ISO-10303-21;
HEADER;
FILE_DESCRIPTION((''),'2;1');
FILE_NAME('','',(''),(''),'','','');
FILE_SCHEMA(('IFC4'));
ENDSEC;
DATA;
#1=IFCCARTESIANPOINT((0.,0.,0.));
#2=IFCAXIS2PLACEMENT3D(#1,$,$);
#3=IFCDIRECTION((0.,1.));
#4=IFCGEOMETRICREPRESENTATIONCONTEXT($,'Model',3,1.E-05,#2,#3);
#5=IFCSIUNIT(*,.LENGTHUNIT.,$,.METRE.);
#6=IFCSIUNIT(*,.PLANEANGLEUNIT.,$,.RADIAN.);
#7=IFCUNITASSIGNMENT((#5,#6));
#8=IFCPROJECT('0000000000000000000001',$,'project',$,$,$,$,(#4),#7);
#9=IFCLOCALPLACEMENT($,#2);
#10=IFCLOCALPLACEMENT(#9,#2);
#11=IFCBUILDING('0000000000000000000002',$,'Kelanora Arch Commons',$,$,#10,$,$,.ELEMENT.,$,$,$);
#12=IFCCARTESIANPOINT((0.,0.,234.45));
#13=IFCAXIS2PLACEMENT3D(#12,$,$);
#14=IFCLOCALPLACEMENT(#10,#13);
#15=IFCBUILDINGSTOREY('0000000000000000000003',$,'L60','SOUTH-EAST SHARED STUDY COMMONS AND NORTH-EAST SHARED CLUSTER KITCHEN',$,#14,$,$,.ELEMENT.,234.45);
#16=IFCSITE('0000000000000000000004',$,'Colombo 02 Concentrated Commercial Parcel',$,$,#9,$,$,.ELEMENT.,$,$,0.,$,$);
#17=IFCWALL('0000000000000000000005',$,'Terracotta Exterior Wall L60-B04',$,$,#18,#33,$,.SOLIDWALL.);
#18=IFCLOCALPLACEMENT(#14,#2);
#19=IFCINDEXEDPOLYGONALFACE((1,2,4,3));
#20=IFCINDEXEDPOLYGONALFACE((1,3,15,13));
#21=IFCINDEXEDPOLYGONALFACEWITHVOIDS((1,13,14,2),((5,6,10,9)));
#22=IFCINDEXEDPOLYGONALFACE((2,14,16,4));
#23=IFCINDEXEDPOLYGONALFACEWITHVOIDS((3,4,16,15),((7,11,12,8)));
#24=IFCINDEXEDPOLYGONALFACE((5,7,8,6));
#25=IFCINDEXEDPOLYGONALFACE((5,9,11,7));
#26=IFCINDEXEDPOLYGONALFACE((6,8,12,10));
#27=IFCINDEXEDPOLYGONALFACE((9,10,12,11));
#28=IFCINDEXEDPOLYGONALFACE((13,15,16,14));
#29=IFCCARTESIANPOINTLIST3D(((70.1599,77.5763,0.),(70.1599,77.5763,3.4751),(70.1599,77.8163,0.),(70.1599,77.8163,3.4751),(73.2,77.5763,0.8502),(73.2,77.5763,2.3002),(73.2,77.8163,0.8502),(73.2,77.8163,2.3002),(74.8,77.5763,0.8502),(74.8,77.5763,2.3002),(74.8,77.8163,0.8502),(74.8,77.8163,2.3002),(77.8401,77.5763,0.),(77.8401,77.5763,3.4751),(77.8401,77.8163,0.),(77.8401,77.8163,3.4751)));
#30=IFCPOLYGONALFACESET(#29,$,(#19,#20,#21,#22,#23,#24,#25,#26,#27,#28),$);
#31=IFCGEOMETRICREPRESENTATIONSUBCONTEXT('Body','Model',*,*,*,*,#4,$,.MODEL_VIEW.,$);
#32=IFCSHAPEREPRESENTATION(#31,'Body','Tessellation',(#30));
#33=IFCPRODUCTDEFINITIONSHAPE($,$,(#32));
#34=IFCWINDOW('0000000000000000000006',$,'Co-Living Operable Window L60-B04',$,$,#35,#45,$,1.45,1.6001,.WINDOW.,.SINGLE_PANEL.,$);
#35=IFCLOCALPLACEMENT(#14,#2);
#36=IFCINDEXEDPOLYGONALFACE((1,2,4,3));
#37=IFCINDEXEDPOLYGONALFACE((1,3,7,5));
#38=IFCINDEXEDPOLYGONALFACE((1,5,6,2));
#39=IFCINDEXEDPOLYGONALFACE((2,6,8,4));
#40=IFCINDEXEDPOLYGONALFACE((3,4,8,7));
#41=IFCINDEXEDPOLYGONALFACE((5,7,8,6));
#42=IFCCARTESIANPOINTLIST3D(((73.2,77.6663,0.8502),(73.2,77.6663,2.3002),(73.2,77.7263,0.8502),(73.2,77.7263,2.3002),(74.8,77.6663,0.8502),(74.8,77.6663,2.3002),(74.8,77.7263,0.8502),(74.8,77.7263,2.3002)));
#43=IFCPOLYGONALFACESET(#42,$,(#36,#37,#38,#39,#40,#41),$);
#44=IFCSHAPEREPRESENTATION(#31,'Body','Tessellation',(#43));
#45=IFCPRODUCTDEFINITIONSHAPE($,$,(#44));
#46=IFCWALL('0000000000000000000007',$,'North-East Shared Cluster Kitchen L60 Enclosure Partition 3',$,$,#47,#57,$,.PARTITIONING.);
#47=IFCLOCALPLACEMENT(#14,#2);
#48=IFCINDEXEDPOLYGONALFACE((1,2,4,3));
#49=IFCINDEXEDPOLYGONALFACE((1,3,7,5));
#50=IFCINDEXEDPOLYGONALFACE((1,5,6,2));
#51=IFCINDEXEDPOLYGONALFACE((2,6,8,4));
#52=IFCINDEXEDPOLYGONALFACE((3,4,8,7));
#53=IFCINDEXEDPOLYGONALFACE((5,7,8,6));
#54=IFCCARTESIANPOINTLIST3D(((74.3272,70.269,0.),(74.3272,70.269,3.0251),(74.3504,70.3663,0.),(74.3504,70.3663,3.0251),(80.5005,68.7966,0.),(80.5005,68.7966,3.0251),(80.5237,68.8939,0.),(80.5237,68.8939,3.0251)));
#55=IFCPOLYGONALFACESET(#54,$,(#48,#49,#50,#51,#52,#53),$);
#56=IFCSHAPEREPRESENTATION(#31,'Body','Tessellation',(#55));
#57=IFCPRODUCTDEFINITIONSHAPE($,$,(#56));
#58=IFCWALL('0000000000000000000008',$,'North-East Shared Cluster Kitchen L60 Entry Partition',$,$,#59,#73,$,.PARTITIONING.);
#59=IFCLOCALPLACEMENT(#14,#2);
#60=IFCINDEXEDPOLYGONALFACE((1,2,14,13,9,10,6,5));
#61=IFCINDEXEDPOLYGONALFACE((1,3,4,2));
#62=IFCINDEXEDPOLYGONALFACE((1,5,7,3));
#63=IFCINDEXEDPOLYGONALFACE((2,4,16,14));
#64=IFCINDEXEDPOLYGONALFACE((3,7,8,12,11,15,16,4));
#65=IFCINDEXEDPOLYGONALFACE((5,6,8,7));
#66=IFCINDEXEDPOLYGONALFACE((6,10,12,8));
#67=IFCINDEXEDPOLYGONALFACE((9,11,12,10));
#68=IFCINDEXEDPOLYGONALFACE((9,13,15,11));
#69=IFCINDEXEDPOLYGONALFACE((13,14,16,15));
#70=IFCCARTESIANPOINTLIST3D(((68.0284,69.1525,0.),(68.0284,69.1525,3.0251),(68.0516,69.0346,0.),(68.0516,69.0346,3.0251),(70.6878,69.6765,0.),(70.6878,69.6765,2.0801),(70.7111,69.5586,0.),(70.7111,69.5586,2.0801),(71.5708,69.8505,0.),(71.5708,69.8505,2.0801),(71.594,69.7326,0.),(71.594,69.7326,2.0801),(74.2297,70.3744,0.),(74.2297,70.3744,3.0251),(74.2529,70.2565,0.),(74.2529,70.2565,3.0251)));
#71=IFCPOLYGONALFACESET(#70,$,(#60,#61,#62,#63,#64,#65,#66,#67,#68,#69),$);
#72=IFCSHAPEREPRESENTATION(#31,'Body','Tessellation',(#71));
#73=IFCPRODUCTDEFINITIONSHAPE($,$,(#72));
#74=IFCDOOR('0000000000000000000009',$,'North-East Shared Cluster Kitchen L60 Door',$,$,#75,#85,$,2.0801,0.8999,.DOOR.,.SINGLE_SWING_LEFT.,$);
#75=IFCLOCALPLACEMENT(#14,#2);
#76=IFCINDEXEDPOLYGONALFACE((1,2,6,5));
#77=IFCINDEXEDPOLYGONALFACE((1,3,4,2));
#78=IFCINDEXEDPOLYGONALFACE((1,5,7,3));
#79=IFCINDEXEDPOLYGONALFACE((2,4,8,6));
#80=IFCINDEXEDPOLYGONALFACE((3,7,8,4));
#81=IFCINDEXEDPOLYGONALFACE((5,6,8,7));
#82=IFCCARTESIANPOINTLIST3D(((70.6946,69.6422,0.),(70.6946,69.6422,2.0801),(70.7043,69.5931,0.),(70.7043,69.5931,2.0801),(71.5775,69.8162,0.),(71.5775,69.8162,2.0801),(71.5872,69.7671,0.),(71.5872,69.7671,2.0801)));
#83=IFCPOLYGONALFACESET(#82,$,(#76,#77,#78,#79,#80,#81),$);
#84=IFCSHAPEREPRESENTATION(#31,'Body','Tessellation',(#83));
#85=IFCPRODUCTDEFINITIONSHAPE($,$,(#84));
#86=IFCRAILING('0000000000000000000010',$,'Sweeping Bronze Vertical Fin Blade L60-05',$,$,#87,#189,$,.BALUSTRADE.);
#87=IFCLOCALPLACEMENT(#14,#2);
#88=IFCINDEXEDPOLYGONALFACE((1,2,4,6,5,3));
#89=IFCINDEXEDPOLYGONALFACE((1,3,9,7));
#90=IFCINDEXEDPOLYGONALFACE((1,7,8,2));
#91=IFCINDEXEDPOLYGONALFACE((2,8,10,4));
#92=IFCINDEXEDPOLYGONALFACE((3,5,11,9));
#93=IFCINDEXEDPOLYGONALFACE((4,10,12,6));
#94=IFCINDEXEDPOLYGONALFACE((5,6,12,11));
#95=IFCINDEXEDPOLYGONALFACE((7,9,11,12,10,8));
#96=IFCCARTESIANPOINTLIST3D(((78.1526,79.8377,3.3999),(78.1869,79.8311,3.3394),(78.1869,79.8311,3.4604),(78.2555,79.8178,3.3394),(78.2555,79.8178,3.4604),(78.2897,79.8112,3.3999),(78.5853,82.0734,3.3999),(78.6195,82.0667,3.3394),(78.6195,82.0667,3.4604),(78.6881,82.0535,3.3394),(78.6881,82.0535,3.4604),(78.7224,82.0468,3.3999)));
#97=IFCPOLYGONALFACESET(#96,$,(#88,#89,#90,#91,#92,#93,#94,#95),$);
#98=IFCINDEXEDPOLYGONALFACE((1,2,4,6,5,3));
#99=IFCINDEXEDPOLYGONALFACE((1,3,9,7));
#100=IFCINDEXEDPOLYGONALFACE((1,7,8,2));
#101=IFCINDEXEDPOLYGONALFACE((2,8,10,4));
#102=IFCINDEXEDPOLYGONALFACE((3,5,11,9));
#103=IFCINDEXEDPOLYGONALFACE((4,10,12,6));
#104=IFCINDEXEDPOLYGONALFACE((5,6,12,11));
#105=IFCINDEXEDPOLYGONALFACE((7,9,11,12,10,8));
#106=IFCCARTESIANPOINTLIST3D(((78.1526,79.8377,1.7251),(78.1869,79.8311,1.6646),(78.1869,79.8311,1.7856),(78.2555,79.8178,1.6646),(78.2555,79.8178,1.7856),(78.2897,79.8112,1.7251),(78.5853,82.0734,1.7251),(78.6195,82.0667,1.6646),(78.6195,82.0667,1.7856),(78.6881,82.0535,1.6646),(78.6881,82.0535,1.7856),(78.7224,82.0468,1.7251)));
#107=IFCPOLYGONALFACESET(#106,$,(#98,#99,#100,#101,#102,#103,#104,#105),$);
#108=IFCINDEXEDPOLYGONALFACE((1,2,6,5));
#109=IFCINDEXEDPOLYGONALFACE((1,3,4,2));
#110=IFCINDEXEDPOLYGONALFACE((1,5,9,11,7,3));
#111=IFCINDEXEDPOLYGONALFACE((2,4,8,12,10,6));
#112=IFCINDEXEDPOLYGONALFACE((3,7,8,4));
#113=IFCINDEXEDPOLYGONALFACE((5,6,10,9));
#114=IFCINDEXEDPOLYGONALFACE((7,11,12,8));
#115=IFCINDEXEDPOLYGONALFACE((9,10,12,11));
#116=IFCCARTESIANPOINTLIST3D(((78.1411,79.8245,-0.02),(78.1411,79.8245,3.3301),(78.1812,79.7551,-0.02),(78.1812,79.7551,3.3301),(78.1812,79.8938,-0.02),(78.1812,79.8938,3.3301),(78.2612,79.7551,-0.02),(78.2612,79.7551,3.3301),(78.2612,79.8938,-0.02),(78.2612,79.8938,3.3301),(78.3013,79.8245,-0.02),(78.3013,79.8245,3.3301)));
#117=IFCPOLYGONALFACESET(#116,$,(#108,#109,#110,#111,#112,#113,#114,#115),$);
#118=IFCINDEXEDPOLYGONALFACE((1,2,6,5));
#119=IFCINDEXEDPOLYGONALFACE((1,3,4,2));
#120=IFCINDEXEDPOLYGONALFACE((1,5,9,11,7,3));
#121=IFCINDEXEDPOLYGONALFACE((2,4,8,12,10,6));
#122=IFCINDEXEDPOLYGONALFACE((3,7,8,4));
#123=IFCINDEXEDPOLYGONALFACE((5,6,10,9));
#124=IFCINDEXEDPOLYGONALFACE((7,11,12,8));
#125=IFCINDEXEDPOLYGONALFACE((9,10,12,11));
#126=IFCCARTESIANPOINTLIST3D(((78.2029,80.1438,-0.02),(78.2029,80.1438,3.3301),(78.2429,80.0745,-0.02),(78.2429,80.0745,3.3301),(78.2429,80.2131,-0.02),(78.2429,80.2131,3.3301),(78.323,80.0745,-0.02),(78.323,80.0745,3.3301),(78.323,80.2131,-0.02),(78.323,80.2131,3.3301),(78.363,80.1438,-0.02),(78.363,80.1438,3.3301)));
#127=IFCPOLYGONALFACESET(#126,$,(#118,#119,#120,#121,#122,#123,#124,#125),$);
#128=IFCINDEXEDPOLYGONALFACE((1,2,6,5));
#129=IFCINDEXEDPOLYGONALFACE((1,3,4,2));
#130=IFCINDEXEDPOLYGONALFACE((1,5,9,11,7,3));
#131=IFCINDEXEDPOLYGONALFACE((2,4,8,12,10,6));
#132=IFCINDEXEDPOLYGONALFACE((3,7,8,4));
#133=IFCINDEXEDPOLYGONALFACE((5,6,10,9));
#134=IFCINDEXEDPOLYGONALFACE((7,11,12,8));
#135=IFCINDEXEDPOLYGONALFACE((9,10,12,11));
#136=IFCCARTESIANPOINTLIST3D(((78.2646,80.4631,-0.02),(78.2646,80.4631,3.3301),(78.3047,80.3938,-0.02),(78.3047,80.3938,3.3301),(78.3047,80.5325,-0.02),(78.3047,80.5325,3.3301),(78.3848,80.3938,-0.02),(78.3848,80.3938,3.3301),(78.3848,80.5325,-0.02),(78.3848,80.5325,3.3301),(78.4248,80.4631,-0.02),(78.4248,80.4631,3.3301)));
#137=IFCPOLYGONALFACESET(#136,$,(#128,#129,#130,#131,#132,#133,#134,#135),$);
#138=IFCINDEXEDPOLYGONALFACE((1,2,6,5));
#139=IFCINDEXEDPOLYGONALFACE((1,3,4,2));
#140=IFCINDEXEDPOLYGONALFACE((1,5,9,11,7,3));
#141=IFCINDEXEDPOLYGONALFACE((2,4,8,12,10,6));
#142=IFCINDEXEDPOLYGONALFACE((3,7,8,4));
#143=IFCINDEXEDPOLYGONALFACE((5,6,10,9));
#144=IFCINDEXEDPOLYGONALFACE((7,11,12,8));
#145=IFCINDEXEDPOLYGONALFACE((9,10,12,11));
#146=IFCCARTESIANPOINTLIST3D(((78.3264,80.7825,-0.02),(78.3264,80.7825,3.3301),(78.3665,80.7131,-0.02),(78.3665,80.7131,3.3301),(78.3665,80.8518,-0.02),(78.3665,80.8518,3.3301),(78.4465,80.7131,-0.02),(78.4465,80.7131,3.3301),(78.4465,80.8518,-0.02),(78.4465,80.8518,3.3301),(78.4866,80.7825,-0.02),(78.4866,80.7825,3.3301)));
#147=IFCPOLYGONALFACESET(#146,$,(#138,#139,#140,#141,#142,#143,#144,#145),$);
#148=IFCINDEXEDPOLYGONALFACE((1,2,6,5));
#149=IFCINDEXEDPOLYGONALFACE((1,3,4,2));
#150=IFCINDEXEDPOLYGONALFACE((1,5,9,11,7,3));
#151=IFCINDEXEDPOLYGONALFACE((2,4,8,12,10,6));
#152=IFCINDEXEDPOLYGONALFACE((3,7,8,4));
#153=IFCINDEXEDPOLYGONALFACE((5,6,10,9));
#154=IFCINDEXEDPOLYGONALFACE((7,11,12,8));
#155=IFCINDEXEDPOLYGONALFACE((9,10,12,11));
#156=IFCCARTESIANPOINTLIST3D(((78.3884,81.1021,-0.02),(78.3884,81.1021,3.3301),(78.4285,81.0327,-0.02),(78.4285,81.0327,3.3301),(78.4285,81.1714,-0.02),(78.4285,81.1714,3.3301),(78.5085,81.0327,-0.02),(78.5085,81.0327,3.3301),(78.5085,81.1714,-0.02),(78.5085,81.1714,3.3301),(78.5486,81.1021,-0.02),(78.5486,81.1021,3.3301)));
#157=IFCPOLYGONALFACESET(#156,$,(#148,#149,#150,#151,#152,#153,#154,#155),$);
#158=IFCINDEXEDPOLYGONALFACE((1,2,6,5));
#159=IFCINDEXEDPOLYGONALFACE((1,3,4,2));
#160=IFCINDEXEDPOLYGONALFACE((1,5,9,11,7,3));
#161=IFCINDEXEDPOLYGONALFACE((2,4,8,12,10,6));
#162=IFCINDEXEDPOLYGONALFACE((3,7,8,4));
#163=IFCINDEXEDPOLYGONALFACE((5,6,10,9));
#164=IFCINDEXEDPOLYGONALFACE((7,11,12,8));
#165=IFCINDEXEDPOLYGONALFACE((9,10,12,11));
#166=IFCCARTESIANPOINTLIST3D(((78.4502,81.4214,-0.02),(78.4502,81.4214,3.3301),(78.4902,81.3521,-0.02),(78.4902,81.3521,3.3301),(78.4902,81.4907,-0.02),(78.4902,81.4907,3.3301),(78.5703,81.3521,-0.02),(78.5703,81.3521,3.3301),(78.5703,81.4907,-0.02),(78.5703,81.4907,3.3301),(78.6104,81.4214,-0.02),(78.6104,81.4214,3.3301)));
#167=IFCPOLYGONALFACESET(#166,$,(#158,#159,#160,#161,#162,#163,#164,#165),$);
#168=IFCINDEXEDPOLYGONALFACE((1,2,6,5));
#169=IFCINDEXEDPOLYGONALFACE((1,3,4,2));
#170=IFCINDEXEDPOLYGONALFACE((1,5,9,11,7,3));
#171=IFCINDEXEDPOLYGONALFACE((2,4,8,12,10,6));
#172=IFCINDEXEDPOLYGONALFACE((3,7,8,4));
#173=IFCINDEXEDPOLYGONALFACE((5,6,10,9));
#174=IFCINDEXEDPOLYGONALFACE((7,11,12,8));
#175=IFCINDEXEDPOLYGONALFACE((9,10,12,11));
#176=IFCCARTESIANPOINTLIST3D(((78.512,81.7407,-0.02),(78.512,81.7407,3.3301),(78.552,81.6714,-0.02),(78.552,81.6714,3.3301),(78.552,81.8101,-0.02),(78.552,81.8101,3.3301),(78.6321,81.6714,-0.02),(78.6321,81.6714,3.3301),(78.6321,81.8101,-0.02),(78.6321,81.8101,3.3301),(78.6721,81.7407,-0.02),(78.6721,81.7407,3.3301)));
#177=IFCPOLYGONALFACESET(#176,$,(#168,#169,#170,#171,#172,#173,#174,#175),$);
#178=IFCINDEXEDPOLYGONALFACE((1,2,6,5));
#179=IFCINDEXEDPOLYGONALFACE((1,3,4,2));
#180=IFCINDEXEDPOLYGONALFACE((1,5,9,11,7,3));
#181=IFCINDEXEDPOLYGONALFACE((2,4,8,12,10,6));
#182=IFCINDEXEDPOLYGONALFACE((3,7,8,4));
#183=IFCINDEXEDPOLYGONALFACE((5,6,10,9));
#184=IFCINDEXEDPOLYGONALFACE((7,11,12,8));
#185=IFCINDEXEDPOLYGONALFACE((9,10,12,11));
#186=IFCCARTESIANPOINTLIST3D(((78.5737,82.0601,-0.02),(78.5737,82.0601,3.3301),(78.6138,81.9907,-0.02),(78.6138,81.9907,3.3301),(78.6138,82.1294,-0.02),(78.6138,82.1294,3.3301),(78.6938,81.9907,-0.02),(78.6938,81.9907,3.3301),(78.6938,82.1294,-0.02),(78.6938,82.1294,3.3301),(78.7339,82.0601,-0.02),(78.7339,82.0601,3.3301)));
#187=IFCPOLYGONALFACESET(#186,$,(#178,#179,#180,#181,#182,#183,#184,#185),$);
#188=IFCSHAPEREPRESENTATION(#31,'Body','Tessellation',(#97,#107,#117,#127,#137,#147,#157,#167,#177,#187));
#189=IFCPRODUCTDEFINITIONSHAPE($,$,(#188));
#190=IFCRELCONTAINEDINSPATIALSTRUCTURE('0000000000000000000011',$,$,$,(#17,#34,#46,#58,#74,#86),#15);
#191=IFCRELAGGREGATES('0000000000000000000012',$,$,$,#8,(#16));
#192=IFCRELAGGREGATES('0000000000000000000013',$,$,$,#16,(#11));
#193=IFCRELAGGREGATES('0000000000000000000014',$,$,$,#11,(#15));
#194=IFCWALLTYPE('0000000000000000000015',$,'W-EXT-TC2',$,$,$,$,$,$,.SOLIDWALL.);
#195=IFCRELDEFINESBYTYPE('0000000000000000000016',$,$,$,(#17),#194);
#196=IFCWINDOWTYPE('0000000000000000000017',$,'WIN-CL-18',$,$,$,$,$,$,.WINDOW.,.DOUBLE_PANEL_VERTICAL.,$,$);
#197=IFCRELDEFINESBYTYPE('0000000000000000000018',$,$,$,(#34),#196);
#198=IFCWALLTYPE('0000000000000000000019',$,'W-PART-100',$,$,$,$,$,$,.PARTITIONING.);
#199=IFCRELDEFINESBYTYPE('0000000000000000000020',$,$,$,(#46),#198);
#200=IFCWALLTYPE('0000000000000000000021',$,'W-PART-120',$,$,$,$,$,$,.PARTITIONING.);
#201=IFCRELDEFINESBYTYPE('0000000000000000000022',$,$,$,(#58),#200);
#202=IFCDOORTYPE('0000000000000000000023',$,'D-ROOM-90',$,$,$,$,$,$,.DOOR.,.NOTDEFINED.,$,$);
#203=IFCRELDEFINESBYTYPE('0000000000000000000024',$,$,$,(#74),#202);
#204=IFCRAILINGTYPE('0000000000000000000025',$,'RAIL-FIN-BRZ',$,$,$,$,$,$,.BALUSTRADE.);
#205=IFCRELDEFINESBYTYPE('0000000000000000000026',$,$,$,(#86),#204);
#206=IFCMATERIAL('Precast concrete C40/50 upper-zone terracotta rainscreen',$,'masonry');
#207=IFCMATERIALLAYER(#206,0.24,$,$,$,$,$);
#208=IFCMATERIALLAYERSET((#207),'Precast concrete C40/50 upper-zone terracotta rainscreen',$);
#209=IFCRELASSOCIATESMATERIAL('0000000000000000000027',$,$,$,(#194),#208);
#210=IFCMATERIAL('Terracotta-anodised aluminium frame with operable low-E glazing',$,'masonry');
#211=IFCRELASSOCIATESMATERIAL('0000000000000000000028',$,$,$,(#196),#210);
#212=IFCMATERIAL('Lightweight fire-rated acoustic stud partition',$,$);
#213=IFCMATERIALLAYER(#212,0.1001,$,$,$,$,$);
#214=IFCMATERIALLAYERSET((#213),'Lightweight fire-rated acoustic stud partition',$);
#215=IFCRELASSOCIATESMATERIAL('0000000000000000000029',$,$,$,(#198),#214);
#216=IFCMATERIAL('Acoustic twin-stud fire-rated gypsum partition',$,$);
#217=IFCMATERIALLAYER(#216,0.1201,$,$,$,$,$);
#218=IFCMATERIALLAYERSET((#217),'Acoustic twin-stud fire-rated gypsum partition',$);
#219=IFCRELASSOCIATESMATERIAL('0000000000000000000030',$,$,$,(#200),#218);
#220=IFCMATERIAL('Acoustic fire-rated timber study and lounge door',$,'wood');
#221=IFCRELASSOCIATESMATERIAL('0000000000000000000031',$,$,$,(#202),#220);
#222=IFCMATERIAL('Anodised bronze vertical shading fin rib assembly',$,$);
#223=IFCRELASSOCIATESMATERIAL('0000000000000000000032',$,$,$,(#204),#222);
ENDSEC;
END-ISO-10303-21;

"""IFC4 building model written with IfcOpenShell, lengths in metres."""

from ifc_helpers import new_model, si_unit, direction, frame, frame_2d, origin, place, context, subcontext, project, spatial, polyline, rectangle, outline, extrude, material, layer, layer_set, type_object, element, fill, save


model = new_model("IFC4")

# Units and contexts
model_context = context("Model", 3, precision=1e-05, world=origin(), true_north=direction((0.0, 1.0)))
body_context = subcontext(model_context, "Body", "Model", "MODEL_VIEW")
ifc_project = project(units=[si_unit("LENGTHUNIT", "METRE"), si_unit("PLANEANGLEUNIT", "RADIAN")], contexts=[model_context])

# Site, building, storey
site_placement = place(None, origin())
site = spatial("IfcSite", under=ifc_project, at=site_placement, Name="Colombo 02 Concentrated Commercial Parcel", CompositionType="ELEMENT", RefElevation=0.0)
building_placement = place(site_placement, origin())
building = spatial("IfcBuilding", under=site, at=building_placement, Name="Kelanora Arch Commons", CompositionType="ELEMENT")
storey_placement = place(building_placement, frame((0.0, 0.0, 234.45)))
storey = spatial("IfcBuildingStorey", under=building, at=storey_placement, Name="L60", Description="SOUTH-EAST SHARED STUDY COMMONS AND NORTH-EAST SHARED CLUSTER KITCHEN", CompositionType="ELEMENT", Elevation=234.45)

# Wall, opening, window
ifc_material_1 = material(Name="Precast concrete C40/50 upper-zone terracotta rainscreen", Category="masonry")
ifc_layer_1 = layer(ifc_material_1, 0.24)
ifc_layer_set_1 = layer_set([ifc_layer_1], Name="Precast concrete C40/50 upper-zone terracotta rainscreen")
wall_type_1 = type_object("IfcWallType", Name="W-EXT-TC2", PredefinedType="SOLIDWALL", material=ifc_layer_set_1)
wall_1_placement = place(storey_placement, frame((77.8401, 77.6963, 0.0), z_axis=(0.0, 0.0, 1.0), x_axis=(-1.0, 0.0, 0.0)))
wall_1 = element("IfcWall", 1, at=wall_1_placement, inside=storey, type_object=wall_type_1, Name="Terracotta Exterior Wall L60-B04", PredefinedType="SOLIDWALL", context=body_context, shape_type="SweptSolid", body=[
    extrude(rectangle(XDim=7.6802, YDim=0.24, at=frame_2d((3.8401, 0.0))), origin(), (0.0, 0.0, 1.0), 3.4751),
])
opening_1_placement = place(wall_1_placement, frame((3.04, 0.0, 0.8501)))
opening_1 = element("IfcOpeningElement", 2, at=opening_1_placement, cuts=wall_1, PredefinedType="OPENING", context=body_context, shape_type="SweptSolid", body=[
    extrude(rectangle(XDim=1.6001, YDim=1.45, at=frame_2d((0.8, 0.7251))), frame((0.0, 0.1299, 0.0), z_axis=(0.0, -1.0, 0.0), x_axis=(1.0, 0.0, 0.0)), (0.0, 0.0, 1.0), 0.26),
])
ifc_material_2 = material(Name="Terracotta-anodised aluminium frame with operable low-E glazing", Category="masonry")
window_type = type_object("IfcWindowType", Name="WIN-CL-18", PartitioningType="DOUBLE_PANEL_VERTICAL", PredefinedType="WINDOW", material=ifc_material_2)
window_placement = place(opening_1_placement, origin())
window = element("IfcWindow", 3, at=window_placement, inside=storey, type_object=window_type, Name="Co-Living Operable Window L60-B04", OverallHeight=1.45, OverallWidth=1.6001, PartitioningType="SINGLE_PANEL", PredefinedType="WINDOW", context=body_context, shape_type="SweptSolid", body=[
    extrude(rectangle(XDim=1.6001, YDim=1.45, at=frame_2d((0.8, 0.7251))), frame((0.0, 0.03, 0.0), z_axis=(0.0, -1.0, 0.0), x_axis=(1.0, 0.0, 0.0)), (0.0, 0.0, 1.0), 0.0601),
])
fill(opening_1, window)

# Wall
ifc_material_3 = material(Name="Lightweight fire-rated acoustic stud partition")
ifc_layer_2 = layer(ifc_material_3, 0.1001)
ifc_layer_set_2 = layer_set([ifc_layer_2], Name="Lightweight fire-rated acoustic stud partition")
wall_type_2 = type_object("IfcWallType", Name="W-PART-100", PredefinedType="PARTITIONING", material=ifc_layer_set_2)
wall_2_placement = place(storey_placement, frame((80.5122, 68.8452, 0.0), z_axis=(0.0, 0.0, 1.0), x_axis=(-0.972715, 0.232004, 0.0)))
element("IfcWall", 4, at=wall_2_placement, inside=storey, type_object=wall_type_2, Name="North-East Shared Cluster Kitchen L60 Enclosure Partition 3", PredefinedType="PARTITIONING", context=body_context, shape_type="SweptSolid", body=[
    extrude(rectangle(XDim=6.3464, YDim=0.1001, at=frame_2d((3.1733, 0.0))), origin(), (0.0, 0.0, 1.0), 3.0251),
])

# Wall, opening, door
ifc_material_4 = material(Name="Acoustic twin-stud fire-rated gypsum partition")
ifc_layer_3 = layer(ifc_material_4, 0.1201)
ifc_layer_set_3 = layer_set([ifc_layer_3], Name="Acoustic twin-stud fire-rated gypsum partition")
wall_type_3 = type_object("IfcWallType", Name="W-PART-120", PredefinedType="PARTITIONING", material=ifc_layer_set_3)
wall_3_placement = place(storey_placement, frame((74.2412, 70.3154, 0.0), z_axis=(0.0, 0.0, 1.0), x_axis=(-0.981135, -0.193322, 0.0)))
wall_3 = element("IfcWall", 5, at=wall_3_placement, inside=storey, type_object=wall_type_3, Name="North-East Shared Cluster Kitchen L60 Entry Partition", PredefinedType="PARTITIONING", context=body_context, shape_type="SweptSolid", body=[
    extrude(rectangle(XDim=6.3206, YDim=0.1201, at=frame_2d((3.1602, 0.0))), origin(), (0.0, 0.0, 1.0), 3.0251),
])
opening_2_placement = place(wall_3_placement, frame((2.71, 0.0, 0.0)))
opening_2 = element("IfcOpeningElement", 6, at=opening_2_placement, cuts=wall_3, PredefinedType="OPENING", context=body_context, shape_type="SweptSolid", body=[
    extrude(rectangle(XDim=0.8999, YDim=2.0801, at=frame_2d((0.45, 1.04))), frame((0.0, 0.0701, 0.0), z_axis=(0.0, -1.0, 0.0), x_axis=(1.0, 0.0, 0.0)), (0.0, 0.0, 1.0), 0.1401),
])
ifc_material_5 = material(Name="Acoustic fire-rated timber study and lounge door", Category="wood")
door_type = type_object("IfcDoorType", Name="D-ROOM-90", OperationType="NOTDEFINED", PredefinedType="DOOR", material=ifc_material_5)
door_placement = place(opening_2_placement, origin())
door = element("IfcDoor", 7, at=door_placement, inside=storey, type_object=door_type, Name="North-East Shared Cluster Kitchen L60 Door", OperationType="SINGLE_SWING_LEFT", OverallHeight=2.0801, OverallWidth=0.8999, PredefinedType="DOOR", context=body_context, shape_type="SweptSolid", body=[
    extrude(rectangle(XDim=0.8999, YDim=2.0801, at=frame_2d((0.45, 1.04))), frame((0.0, 0.0249, 0.0), z_axis=(0.0, -1.0, 0.0), x_axis=(1.0, 0.0, 0.0)), (0.0, 0.0, 1.0), 0.05),
])
fill(opening_2, door)

# Railing
ifc_material_6 = material(Name="Anodised bronze vertical shading fin rib assembly")
railing_type = type_object("IfcRailingType", Name="RAIL-FIN-BRZ", PredefinedType="BALUSTRADE", material=ifc_material_6)
railing_placement = place(storey_placement, frame((78.2212, 79.8245, -0.02)))
element("IfcRailing", 8, at=railing_placement, inside=storey, type_object=railing_type, Name="Sweeping Bronze Vertical Fin Blade L60-05", PredefinedType="BALUSTRADE", context=body_context, shape_type="SweptSolid", body=[
    extrude(outline(polyline([(0.0698, 0.0), (0.0349, 0.0605), (-0.0349, 0.0605), (-0.0698, 0.0), (-0.0349, -0.0605), (0.0349, -0.0605), (0.0698, 0.0)])), frame((0.0, 0.0, 3.4199), z_axis=(0.189989, 0.981786, 0.0), x_axis=(-0.981786, 0.189989, 0.0)), (0.0, 0.0, 1.0), 2.2771),
    extrude(outline(polyline([(0.0698, 0.0), (0.0349, 0.0605), (-0.0349, 0.0605), (-0.0698, 0.0), (-0.0349, -0.0605), (0.0349, -0.0605), (0.0698, 0.0)])), frame((0.0, 0.0, 1.7451), z_axis=(0.189989, 0.981786, 0.0), x_axis=(-0.981786, 0.189989, 0.0)), (0.0, 0.0, 1.0), 2.2771),
    extrude(outline(polyline([(0.0801, 0.0), (0.04, 0.0693), (-0.04, 0.0693), (-0.0801, 0.0), (-0.04, -0.0693), (0.04, -0.0693), (0.0801, 0.0)])), origin(), (0.0, 0.0, 1.0), 3.3501),
    extrude(outline(polyline([(0.0801, 0.0), (0.04, 0.0693), (-0.04, 0.0693), (-0.0801, 0.0), (-0.04, -0.0693), (0.04, -0.0693), (0.0801, 0.0)])), frame((0.0618, 0.3193, 0.0)), (0.0, 0.0, 1.0), 3.3501),
    extrude(outline(polyline([(0.0801, 0.0), (0.04, 0.0693), (-0.04, 0.0693), (-0.0801, 0.0), (-0.04, -0.0693), (0.04, -0.0693), (0.0801, 0.0)])), frame((0.1235, 0.6387, 0.0)), (0.0, 0.0, 1.0), 3.3501),
    extrude(outline(polyline([(0.0801, 0.0), (0.04, 0.0693), (-0.04, 0.0693), (-0.0801, 0.0), (-0.04, -0.0693), (0.04, -0.0693), (0.0801, 0.0)])), frame((0.1853, 0.958, 0.0)), (0.0, 0.0, 1.0), 3.3501),
    extrude(outline(polyline([(0.0801, 0.0), (0.04, 0.0693), (-0.04, 0.0693), (-0.0801, 0.0), (-0.04, -0.0693), (0.04, -0.0693), (0.0801, 0.0)])), frame((0.2473, 1.2776, 0.0)), (0.0, 0.0, 1.0), 3.3501),
    extrude(outline(polyline([(0.0801, 0.0), (0.04, 0.0693), (-0.04, 0.0693), (-0.0801, 0.0), (-0.04, -0.0693), (0.04, -0.0693), (0.0801, 0.0)])), frame((0.3091, 1.5969, 0.0)), (0.0, 0.0, 1.0), 3.3501),
    extrude(outline(polyline([(0.0801, 0.0), (0.04, 0.0693), (-0.04, 0.0693), (-0.0801, 0.0), (-0.04, -0.0693), (0.04, -0.0693), (0.0801, 0.0)])), frame((0.3708, 1.9163, 0.0)), (0.0, 0.0, 1.0), 3.3501),
    extrude(outline(polyline([(0.0801, 0.0), (0.04, 0.0693), (-0.04, 0.0693), (-0.0801, 0.0), (-0.04, -0.0693), (0.04, -0.0693), (0.0801, 0.0)])), frame((0.4326, 2.2356, 0.0)), (0.0, 0.0, 1.0), 3.3501),
])

save(model, "model.ifc")
